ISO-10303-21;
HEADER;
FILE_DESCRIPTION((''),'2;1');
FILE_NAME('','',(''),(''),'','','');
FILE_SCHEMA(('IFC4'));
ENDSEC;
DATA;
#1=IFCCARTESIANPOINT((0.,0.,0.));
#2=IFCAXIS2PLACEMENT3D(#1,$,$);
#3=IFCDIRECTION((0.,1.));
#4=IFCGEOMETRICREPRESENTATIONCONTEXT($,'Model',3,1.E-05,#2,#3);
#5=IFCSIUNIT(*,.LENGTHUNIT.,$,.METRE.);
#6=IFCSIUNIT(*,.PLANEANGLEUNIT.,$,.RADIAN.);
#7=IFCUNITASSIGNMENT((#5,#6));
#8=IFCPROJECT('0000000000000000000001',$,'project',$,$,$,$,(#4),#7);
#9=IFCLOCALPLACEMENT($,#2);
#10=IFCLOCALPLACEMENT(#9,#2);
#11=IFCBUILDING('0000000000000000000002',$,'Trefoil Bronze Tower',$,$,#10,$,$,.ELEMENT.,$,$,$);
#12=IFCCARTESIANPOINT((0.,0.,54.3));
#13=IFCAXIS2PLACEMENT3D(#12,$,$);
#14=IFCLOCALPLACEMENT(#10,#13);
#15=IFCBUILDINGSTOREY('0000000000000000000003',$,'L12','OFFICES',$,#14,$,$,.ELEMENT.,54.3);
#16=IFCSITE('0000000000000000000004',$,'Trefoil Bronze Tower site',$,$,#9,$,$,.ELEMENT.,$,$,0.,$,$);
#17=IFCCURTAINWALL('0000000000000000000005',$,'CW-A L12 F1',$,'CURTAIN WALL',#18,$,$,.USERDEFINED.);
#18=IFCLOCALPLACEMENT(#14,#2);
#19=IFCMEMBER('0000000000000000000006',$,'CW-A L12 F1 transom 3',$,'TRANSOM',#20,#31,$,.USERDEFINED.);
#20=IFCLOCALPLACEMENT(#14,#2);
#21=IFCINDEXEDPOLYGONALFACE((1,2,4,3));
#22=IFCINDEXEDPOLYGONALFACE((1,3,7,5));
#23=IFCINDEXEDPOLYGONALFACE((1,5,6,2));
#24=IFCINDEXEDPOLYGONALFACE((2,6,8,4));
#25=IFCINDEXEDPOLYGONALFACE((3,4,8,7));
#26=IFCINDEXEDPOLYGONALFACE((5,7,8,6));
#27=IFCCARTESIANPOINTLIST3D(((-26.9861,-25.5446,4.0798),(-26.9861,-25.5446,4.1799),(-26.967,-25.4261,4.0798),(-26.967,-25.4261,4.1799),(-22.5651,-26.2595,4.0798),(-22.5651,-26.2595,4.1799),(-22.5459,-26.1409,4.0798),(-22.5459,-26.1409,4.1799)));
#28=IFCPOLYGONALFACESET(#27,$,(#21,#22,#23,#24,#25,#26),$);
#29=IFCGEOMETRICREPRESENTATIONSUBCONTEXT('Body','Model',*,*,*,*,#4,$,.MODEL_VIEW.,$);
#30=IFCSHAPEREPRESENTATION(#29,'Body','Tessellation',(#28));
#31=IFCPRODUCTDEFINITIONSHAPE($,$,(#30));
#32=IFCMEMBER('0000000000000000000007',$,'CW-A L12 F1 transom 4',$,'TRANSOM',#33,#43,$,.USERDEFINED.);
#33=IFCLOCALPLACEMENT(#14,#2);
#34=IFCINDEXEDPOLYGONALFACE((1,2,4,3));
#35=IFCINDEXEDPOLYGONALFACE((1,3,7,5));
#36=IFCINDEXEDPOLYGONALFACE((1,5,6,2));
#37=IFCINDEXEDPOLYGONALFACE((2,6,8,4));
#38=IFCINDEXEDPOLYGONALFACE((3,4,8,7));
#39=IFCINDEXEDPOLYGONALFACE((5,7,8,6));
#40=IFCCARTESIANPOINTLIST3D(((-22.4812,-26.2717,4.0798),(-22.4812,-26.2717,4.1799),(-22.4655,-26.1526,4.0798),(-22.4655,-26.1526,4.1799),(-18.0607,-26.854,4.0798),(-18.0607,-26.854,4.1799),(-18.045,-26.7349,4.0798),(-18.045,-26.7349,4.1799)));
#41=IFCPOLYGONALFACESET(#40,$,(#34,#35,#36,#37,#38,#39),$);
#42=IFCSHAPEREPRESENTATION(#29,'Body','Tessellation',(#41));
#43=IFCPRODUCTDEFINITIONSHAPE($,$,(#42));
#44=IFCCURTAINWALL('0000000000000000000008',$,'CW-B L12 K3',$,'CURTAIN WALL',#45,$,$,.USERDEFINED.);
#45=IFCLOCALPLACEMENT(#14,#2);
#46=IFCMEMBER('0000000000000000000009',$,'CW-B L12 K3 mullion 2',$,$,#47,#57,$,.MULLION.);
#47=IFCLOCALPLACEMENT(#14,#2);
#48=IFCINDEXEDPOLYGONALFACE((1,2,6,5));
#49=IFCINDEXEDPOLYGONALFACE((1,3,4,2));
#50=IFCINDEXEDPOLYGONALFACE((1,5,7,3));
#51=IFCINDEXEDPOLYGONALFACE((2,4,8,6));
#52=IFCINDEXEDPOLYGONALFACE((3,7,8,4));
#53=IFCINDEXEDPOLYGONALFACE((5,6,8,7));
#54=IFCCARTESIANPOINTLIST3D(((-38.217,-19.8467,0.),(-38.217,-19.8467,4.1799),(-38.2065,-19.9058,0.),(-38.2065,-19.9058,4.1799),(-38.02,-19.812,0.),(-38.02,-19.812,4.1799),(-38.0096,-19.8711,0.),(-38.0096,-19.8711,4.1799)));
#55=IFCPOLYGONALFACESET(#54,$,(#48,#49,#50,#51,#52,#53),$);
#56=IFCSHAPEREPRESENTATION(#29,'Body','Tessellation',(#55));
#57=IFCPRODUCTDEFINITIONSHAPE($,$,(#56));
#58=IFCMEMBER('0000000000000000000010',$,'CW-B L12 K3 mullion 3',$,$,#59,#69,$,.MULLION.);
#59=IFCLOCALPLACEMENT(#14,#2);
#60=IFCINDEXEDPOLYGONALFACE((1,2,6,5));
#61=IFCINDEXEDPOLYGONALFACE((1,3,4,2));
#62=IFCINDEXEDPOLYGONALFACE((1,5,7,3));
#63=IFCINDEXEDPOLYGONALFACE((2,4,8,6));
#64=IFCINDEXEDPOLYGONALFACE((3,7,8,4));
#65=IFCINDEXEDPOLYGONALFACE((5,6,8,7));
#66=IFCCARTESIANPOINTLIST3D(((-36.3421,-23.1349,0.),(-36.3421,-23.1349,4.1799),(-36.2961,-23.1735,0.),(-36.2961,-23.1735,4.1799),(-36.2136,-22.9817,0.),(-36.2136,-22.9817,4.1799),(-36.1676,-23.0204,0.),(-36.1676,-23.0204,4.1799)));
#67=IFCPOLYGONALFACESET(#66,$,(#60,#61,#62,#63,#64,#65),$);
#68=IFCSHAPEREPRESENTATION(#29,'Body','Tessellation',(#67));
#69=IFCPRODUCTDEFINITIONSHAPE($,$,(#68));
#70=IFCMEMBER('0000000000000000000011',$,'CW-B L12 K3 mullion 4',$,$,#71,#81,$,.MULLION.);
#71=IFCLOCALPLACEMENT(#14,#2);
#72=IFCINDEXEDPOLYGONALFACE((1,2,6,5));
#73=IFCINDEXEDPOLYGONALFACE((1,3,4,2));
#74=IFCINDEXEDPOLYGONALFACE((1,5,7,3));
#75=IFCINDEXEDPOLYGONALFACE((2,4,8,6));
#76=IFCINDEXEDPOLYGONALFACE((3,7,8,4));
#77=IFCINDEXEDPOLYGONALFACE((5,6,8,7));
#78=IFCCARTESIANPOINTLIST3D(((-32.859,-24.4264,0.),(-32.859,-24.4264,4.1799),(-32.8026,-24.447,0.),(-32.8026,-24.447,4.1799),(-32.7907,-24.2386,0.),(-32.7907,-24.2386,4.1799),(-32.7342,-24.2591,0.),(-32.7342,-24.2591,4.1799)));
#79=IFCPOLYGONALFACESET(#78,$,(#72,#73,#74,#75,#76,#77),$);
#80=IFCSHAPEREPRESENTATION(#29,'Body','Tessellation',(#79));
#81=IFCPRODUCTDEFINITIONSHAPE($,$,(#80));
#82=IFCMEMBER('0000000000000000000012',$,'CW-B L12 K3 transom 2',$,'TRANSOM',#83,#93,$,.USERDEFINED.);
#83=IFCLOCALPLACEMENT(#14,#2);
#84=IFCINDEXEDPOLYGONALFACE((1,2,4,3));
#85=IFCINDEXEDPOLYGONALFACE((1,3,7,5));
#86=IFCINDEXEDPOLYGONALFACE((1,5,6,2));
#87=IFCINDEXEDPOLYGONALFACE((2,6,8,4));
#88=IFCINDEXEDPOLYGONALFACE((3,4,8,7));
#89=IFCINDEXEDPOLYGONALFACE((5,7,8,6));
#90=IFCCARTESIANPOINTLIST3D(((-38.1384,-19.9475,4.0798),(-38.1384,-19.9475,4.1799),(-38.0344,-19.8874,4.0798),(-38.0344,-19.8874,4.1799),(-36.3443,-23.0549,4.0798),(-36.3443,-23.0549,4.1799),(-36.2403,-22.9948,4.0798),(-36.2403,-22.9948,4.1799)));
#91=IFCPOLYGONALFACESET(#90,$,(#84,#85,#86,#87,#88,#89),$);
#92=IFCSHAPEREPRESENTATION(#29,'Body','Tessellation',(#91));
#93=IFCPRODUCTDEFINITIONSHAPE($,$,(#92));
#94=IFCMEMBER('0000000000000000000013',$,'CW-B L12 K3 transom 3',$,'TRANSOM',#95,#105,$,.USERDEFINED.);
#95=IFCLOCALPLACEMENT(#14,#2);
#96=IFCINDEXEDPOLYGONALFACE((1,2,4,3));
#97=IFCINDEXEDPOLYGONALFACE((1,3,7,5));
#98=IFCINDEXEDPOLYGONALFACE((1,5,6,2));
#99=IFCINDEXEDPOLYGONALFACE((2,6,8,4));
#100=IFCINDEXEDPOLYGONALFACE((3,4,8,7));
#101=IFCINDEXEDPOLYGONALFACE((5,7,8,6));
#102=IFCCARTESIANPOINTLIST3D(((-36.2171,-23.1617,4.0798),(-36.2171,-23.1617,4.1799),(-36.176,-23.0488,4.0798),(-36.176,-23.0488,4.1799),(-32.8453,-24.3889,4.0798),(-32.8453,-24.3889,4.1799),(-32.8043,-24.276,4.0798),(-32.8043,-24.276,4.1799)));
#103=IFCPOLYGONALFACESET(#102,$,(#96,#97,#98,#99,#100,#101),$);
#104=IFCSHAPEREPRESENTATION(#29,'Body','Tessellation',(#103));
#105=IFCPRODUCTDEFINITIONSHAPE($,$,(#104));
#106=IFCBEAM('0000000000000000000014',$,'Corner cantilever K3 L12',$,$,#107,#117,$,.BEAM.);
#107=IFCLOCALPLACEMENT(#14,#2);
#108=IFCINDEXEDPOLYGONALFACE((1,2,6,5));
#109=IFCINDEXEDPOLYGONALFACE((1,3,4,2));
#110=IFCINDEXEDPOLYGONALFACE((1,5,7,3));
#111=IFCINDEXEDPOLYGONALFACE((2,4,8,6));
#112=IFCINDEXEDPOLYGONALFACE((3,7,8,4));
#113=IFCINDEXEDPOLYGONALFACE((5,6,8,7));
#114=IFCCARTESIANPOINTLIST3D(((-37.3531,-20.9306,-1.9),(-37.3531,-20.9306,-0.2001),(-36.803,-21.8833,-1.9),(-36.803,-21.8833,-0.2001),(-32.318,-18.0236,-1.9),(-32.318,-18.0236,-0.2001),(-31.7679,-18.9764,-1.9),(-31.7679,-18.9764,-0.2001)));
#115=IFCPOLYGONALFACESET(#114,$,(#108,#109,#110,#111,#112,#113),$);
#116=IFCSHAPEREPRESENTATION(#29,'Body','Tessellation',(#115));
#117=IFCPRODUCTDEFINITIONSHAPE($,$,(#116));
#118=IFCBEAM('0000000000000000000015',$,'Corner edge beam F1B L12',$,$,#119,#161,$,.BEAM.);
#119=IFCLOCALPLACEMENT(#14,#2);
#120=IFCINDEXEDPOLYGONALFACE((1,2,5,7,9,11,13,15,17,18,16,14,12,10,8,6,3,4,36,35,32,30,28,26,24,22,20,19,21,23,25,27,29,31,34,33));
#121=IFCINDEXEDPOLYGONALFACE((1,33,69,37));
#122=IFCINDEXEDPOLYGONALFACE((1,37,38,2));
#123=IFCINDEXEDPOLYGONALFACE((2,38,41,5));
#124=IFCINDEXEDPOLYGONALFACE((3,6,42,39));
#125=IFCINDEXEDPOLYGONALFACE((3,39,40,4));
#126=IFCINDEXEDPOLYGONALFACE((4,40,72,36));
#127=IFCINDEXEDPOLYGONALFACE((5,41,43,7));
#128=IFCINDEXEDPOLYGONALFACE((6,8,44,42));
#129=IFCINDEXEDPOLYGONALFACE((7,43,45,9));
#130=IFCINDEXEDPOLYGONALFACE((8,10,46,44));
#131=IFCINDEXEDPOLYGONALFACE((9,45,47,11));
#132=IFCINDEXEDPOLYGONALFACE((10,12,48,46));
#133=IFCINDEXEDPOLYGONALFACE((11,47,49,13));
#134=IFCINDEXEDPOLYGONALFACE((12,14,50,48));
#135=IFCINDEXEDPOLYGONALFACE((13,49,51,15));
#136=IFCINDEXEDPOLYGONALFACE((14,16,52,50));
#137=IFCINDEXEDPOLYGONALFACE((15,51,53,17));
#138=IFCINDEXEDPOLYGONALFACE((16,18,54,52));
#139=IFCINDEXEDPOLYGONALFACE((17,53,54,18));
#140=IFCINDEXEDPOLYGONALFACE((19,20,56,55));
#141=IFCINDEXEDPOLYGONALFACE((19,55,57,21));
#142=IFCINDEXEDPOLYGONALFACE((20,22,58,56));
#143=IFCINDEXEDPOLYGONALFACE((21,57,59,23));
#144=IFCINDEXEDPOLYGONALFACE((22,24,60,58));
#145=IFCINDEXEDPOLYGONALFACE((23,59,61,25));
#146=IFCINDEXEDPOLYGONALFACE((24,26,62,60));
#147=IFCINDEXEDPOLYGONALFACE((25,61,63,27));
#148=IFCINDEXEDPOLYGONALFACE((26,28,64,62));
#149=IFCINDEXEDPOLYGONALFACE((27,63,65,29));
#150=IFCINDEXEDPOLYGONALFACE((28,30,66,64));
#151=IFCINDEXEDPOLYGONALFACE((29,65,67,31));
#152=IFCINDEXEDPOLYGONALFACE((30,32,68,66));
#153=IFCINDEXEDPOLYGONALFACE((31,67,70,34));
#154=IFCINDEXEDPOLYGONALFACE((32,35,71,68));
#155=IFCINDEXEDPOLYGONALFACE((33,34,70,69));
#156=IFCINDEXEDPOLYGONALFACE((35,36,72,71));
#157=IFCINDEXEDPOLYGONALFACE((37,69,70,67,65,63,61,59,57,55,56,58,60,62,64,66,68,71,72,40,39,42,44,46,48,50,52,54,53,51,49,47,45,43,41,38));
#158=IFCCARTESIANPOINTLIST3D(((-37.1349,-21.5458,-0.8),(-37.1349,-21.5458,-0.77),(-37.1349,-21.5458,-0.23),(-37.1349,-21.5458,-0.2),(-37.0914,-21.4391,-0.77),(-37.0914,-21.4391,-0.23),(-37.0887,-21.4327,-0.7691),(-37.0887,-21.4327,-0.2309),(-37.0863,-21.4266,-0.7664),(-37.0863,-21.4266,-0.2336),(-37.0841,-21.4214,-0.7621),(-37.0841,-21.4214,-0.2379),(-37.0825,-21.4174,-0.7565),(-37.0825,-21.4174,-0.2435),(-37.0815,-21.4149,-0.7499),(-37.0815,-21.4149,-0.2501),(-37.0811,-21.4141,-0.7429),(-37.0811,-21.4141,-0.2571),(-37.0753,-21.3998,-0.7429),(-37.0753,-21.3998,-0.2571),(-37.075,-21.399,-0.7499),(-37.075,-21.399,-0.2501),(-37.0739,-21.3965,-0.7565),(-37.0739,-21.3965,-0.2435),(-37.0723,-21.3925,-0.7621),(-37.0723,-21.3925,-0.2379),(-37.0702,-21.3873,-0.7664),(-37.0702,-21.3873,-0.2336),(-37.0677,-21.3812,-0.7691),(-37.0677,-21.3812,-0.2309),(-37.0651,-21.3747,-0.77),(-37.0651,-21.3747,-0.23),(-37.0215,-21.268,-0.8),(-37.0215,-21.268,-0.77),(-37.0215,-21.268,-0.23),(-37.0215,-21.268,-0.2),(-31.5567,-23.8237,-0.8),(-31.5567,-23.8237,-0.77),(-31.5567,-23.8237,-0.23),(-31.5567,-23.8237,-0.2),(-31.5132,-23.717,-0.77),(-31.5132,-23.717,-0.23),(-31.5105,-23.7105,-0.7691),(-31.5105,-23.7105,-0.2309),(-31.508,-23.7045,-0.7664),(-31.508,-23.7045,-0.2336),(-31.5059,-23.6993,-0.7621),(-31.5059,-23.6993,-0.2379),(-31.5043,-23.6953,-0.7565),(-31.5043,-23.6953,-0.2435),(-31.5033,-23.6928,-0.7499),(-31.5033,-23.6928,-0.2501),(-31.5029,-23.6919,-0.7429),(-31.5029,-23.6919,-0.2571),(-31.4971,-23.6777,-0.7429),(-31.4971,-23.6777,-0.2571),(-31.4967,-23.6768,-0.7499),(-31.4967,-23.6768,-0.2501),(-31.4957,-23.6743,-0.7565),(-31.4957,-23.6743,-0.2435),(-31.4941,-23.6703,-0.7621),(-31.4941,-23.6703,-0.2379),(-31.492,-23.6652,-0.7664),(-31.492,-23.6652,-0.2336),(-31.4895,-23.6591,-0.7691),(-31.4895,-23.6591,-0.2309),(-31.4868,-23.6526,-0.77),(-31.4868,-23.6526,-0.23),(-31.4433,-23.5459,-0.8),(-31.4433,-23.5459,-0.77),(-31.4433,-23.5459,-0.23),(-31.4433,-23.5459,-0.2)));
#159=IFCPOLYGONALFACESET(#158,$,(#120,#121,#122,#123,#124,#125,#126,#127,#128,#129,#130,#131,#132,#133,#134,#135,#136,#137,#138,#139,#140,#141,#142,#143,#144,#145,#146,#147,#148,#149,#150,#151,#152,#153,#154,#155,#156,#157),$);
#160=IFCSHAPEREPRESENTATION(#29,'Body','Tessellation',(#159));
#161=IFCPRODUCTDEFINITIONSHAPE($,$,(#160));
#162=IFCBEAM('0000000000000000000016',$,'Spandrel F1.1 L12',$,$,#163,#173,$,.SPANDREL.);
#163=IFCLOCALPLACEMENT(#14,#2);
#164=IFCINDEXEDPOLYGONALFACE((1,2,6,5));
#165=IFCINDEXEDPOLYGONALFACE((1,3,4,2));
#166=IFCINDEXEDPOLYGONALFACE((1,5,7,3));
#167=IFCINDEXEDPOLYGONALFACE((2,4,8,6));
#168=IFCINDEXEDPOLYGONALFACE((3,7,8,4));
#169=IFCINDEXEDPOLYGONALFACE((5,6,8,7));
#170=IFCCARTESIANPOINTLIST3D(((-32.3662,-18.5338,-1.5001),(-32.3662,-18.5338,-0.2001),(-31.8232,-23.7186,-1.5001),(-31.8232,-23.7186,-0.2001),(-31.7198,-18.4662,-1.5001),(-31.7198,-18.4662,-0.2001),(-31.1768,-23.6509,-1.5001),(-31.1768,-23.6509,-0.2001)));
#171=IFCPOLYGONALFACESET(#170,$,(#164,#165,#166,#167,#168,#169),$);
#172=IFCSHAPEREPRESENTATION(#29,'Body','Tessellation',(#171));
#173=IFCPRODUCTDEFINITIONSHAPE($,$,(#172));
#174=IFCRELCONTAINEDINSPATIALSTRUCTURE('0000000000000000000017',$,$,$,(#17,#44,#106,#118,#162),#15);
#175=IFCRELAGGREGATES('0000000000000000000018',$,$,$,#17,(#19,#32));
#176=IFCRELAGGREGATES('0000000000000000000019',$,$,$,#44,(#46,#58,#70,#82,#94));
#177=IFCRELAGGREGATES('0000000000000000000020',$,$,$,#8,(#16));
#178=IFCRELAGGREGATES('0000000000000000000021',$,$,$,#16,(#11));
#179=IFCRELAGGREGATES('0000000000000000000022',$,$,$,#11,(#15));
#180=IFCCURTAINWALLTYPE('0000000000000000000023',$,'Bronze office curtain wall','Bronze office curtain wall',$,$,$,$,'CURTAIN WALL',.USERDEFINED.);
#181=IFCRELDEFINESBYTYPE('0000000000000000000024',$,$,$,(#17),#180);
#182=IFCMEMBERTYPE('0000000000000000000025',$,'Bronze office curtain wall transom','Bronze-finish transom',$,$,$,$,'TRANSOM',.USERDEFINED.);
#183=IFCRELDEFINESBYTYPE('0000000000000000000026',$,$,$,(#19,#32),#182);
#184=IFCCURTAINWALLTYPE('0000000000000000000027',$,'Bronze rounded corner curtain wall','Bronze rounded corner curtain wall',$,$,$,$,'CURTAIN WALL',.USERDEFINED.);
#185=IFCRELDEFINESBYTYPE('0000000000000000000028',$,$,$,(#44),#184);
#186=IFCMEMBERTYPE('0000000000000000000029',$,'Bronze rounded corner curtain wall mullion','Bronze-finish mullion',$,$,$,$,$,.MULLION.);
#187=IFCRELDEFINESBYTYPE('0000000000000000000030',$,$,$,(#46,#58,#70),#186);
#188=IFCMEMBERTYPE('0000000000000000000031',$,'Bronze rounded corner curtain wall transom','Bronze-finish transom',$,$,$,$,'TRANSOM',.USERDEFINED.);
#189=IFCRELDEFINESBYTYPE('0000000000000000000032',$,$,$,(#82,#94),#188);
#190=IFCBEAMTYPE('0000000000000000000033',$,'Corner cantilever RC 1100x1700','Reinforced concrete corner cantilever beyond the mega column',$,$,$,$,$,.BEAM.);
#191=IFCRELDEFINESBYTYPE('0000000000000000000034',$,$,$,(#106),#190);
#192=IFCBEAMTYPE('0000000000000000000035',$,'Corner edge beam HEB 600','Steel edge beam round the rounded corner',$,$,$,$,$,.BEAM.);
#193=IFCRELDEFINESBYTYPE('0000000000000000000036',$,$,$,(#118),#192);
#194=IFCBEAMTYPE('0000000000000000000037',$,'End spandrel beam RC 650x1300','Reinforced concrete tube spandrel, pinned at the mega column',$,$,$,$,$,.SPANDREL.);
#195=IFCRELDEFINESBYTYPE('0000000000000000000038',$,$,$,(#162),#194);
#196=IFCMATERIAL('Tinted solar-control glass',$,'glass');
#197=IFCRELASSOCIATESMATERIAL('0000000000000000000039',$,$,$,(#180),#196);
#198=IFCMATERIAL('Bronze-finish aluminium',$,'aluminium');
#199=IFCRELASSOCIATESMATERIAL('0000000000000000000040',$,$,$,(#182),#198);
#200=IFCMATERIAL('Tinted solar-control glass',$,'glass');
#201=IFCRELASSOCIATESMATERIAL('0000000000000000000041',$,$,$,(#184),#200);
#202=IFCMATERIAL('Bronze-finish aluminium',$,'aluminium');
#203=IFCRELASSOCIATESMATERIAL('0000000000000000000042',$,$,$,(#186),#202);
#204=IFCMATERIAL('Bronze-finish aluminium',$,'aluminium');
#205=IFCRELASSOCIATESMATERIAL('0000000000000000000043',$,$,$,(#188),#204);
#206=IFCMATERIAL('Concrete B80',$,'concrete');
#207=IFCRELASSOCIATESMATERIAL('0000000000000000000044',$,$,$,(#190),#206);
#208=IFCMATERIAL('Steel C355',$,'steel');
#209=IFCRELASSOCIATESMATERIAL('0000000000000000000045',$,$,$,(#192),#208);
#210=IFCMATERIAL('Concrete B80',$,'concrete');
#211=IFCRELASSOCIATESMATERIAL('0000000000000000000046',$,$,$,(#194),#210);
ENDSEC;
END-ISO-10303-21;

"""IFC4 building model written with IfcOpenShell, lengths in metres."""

from ifc_helpers import new_model, si_unit, direction, frame, origin, origin_2d, place, context, subcontext, project, spatial, rectangle, i_section, extrude, material, material_profile, profile_set, type_object, element, aggregate, save


model = new_model("IFC4")

# Units and contexts
model_context = context("Model", 3, precision=1e-05, world=origin(), true_north=direction((0.0, 1.0)))
body_context = subcontext(model_context, "Body", "Model", "MODEL_VIEW")
ifc_project = project(units=[si_unit("LENGTHUNIT", "METRE"), si_unit("PLANEANGLEUNIT", "RADIAN")], contexts=[model_context])

# Site, building, storey
site_placement = place(None, origin())
site = spatial("IfcSite", under=ifc_project, at=site_placement, Name="Trefoil Bronze Tower site", CompositionType="ELEMENT", RefElevation=0.0)
building_placement = place(site_placement, origin())
building = spatial("IfcBuilding", under=site, at=building_placement, Name="Trefoil Bronze Tower", CompositionType="ELEMENT")
storey_placement = place(building_placement, frame((0.0, 0.0, 54.3)))
storey = spatial("IfcBuildingStorey", under=building, at=storey_placement, Name="L12", Description="OFFICES", CompositionType="ELEMENT", Elevation=54.3)

# Curtain walls, members
ifc_material_1 = material(Name="Tinted solar-control glass", Category="glass")
curtain_wall_type_1 = type_object("IfcCurtainWallType", Name="Bronze office curtain wall", Description="Bronze office curtain wall", ElementType="CURTAIN WALL", PredefinedType="USERDEFINED", material=ifc_material_1)
curtain_wall_1_placement = place(storey_placement, origin())
curtain_wall_1 = element("IfcCurtainWall", 1, at=curtain_wall_1_placement, inside=storey, type_object=curtain_wall_type_1, Name="CW-A L12 F1", ObjectType="CURTAIN WALL", PredefinedType="USERDEFINED")
ifc_material_2 = material(Name="Bronze-finish aluminium", Category="aluminium")
ifc_material_profile_1 = material_profile(ifc_material_2, rectangle(XDim=0.1201, YDim=0.1001, at=origin_2d()), Name="CW-A transom")
ifc_profile_set_1 = profile_set([ifc_material_profile_1], Name="Bronze-finish aluminium")
member_type_1 = type_object("IfcMemberType", Name="Bronze office curtain wall transom", Description="Bronze-finish transom", ElementType="TRANSOM", PredefinedType="USERDEFINED", material=ifc_profile_set_1)
member_1_placement = place(storey_placement, frame((-26.9766, -25.4854, 4.1299), z_axis=(0.987179, -0.159615, 0.0), x_axis=(0.159615, 0.987179, 0.0)))
member_1 = element("IfcMember", 2, at=member_1_placement, type_object=member_type_1, Name="CW-A L12 F1 transom 3", ObjectType="TRANSOM", PredefinedType="USERDEFINED", context=body_context, shape_type="SweptSolid", body=[
    extrude(rectangle(XDim=0.1201, YDim=0.1001, at=origin_2d()), origin(), (0.0, 0.0, 1.0), 4.4785),
])
member_2_placement = place(storey_placement, frame((-22.4734, -26.2122, 4.1299), z_axis=(0.991437, -0.130589, 0.0), x_axis=(0.130589, 0.991437, 0.0)))
member_2 = element("IfcMember", 3, at=member_2_placement, type_object=member_type_1, Name="CW-A L12 F1 transom 4", ObjectType="TRANSOM", PredefinedType="USERDEFINED", context=body_context, shape_type="SweptSolid", body=[
    extrude(rectangle(XDim=0.1201, YDim=0.1001, at=origin_2d()), origin(), (0.0, 0.0, 1.0), 4.4587),
])
ifc_material_3 = material(Name="Tinted solar-control glass", Category="glass")
curtain_wall_type_2 = type_object("IfcCurtainWallType", Name="Bronze rounded corner curtain wall", Description="Bronze rounded corner curtain wall", ElementType="CURTAIN WALL", PredefinedType="USERDEFINED", material=ifc_material_3)
curtain_wall_2_placement = place(storey_placement, origin())
curtain_wall_2 = element("IfcCurtainWall", 4, at=curtain_wall_2_placement, inside=storey, type_object=curtain_wall_type_2, Name="CW-B L12 K3", ObjectType="CURTAIN WALL", PredefinedType="USERDEFINED")
ifc_material_4 = material(Name="Bronze-finish aluminium", Category="aluminium")
ifc_material_profile_2 = material_profile(ifc_material_4, rectangle(XDim=0.2, YDim=0.0601, at=origin_2d()), Name="CW-B mullion")
ifc_profile_set_2 = profile_set([ifc_material_profile_2], Name="Bronze-finish aluminium")
member_type_2 = type_object("IfcMemberType", Name="Bronze rounded corner curtain wall mullion", Description="Bronze-finish mullion", PredefinedType="MULLION", material=ifc_profile_set_2)
member_3_placement = place(storey_placement, frame((-38.1133, -19.8589, 0.0), z_axis=(0.0, 0.0, 1.0), x_axis=(0.984808, 0.173648, 0.0)))
member_3 = element("IfcMember", 5, at=member_3_placement, type_object=member_type_2, Name="CW-B L12 K3 mullion 2", PredefinedType="MULLION", context=body_context, shape_type="SweptSolid", body=[
    extrude(rectangle(XDim=0.2, YDim=0.0601, at=origin_2d()), origin(), (0.0, 0.0, 1.0), 4.1799),
])
member_4_placement = place(storey_placement, frame((-36.2549, -23.0776, 0.0), z_axis=(0.0, 0.0, 1.0), x_axis=(0.642788, 0.766044, 0.0)))
member_4 = element("IfcMember", 6, at=member_4_placement, type_object=member_type_2, Name="CW-B L12 K3 mullion 3", PredefinedType="MULLION", context=body_context, shape_type="SweptSolid", body=[
    extrude(rectangle(XDim=0.2, YDim=0.0601, at=origin_2d()), origin(), (0.0, 0.0, 1.0), 4.1799),
])
member_5_placement = place(storey_placement, frame((-32.7966, -24.3428, 0.0), z_axis=(0.0, 0.0, 1.0), x_axis=(0.34202, 0.939693, 0.0)))
member_5 = element("IfcMember", 7, at=member_5_placement, type_object=member_type_2, Name="CW-B L12 K3 mullion 4", PredefinedType="MULLION", context=body_context, shape_type="SweptSolid", body=[
    extrude(rectangle(XDim=0.2, YDim=0.0601, at=origin_2d()), origin(), (0.0, 0.0, 1.0), 4.1799),
])
ifc_material_5 = material(Name="Bronze-finish aluminium", Category="aluminium")
ifc_material_profile_3 = material_profile(ifc_material_5, rectangle(XDim=0.1201, YDim=0.1001, at=origin_2d()), Name="CW-B transom")
ifc_profile_set_3 = profile_set([ifc_material_profile_3], Name="Bronze-finish aluminium")
member_type_3 = type_object("IfcMemberType", Name="Bronze rounded corner curtain wall transom", Description="Bronze-finish transom", ElementType="TRANSOM", PredefinedType="USERDEFINED", material=ifc_profile_set_3)
member_6_placement = place(storey_placement, frame((-38.0864, -19.9175, 4.1299), z_axis=(0.500025, -0.866011, 0.0), x_axis=(0.866011, 0.500025, 0.0)))
member_6 = element("IfcMember", 8, at=member_6_placement, type_object=member_type_3, Name="CW-B L12 K3 transom 2", ObjectType="TRANSOM", PredefinedType="USERDEFINED", context=body_context, shape_type="SweptSolid", body=[
    extrude(rectangle(XDim=0.1201, YDim=0.1001, at=origin_2d()), origin(), (0.0, 0.0, 1.0), 3.5881),
])
member_7_placement = place(storey_placement, frame((-36.1965, -23.1052, 4.1299), z_axis=(0.939688, -0.342033, 0.0), x_axis=(0.342033, 0.939688, 0.0)))
member_7 = element("IfcMember", 9, at=member_7_placement, type_object=member_type_3, Name="CW-B L12 K3 transom 3", ObjectType="TRANSOM", PredefinedType="USERDEFINED", context=body_context, shape_type="SweptSolid", body=[
    extrude(rectangle(XDim=0.1201, YDim=0.1001, at=origin_2d()), origin(), (0.0, 0.0, 1.0), 3.5881),
])

# Beams
ifc_material_6 = material(Name="Concrete B80", Category="concrete")
ifc_material_profile_4 = material_profile(ifc_material_6, rectangle(XDim=1.1001, YDim=1.7, at=origin_2d()), Name="RC 1100x1700")
ifc_profile_set_4 = profile_set([ifc_material_profile_4], Name="Concrete B80")
beam_type_1 = type_object("IfcBeamType", Name="Corner cantilever RC 1100x1700", Description="Reinforced concrete corner cantilever beyond the mega column", PredefinedType="BEAM", material=ifc_profile_set_4)
beam_1_placement = place(storey_placement, frame((-32.043, -18.5, -1.05), z_axis=(-0.86603, -0.499991, 0.0), x_axis=(0.499991, -0.86603, 0.0)))
element("IfcBeam", 10, at=beam_1_placement, inside=storey, type_object=beam_type_1, Name="Corner cantilever K3 L12", PredefinedType="BEAM", context=body_context, shape_type="SweptSolid", body=[
    extrude(rectangle(XDim=1.1001, YDim=1.7, at=origin_2d()), origin(), (0.0, 0.0, 1.0), 5.814),
])
ifc_material_7 = material(Name="Steel C355", Category="steel")
ifc_material_profile_5 = material_profile(ifc_material_7, i_section(OverallWidth=0.3, OverallDepth=0.6001, WebThickness=0.0154, FlangeThickness=0.03, FilletRadius=0.0271, at=origin_2d()), Name="HEB 600")
ifc_profile_set_5 = profile_set([ifc_material_profile_5], Name="Steel C355")
beam_type_2 = type_object("IfcBeamType", Name="Corner edge beam HEB 600", Description="Steel edge beam round the rounded corner", PredefinedType="BEAM", material=ifc_profile_set_5)
beam_2_placement = place(storey_placement, frame((-31.5, -23.6848, -0.5), z_axis=(-0.925787, 0.378046, 0.0), x_axis=(-0.378046, -0.925787, 0.0)))
element("IfcBeam", 11, at=beam_2_placement, inside=storey, type_object=beam_type_2, Name="Corner edge beam F1B L12", PredefinedType="BEAM", context=body_context, shape_type="SweptSolid", body=[
    extrude(i_section(OverallWidth=0.3, OverallDepth=0.6001, WebThickness=0.0154, FlangeThickness=0.03, FilletRadius=0.0271, at=origin_2d()), origin(), (0.0, 0.0, 1.0), 6.0254),
])
ifc_material_8 = material(Name="Concrete B80", Category="concrete")
ifc_material_profile_6 = material_profile(ifc_material_8, rectangle(XDim=0.6499, YDim=1.3, at=origin_2d()), Name="RC 650x1300")
ifc_profile_set_6 = profile_set([ifc_material_profile_6], Name="Concrete B80")
beam_type_3 = type_object("IfcBeamType", Name="End spandrel beam RC 650x1300", Description="Reinforced concrete tube spandrel, pinned at the mega column", PredefinedType="SPANDREL", material=ifc_profile_set_6)
beam_3_placement = place(storey_placement, frame((-32.043, -18.5, -0.8501), z_axis=(0.104153, -0.994561, 0.0), x_axis=(0.994561, 0.104153, 0.0)))
element("IfcBeam", 12, at=beam_3_placement, inside=storey, type_object=beam_type_3, Name="Spandrel F1.1 L12", PredefinedType="SPANDREL", context=body_context, shape_type="SweptSolid", body=[
    extrude(rectangle(XDim=0.6499, YDim=1.3, at=origin_2d()), origin(), (0.0, 0.0, 1.0), 5.2131),
])

aggregate(curtain_wall_1, [member_1, member_2])
aggregate(curtain_wall_2, [member_3, member_4, member_5, member_6, member_7])

save(model, "model.ifc")
